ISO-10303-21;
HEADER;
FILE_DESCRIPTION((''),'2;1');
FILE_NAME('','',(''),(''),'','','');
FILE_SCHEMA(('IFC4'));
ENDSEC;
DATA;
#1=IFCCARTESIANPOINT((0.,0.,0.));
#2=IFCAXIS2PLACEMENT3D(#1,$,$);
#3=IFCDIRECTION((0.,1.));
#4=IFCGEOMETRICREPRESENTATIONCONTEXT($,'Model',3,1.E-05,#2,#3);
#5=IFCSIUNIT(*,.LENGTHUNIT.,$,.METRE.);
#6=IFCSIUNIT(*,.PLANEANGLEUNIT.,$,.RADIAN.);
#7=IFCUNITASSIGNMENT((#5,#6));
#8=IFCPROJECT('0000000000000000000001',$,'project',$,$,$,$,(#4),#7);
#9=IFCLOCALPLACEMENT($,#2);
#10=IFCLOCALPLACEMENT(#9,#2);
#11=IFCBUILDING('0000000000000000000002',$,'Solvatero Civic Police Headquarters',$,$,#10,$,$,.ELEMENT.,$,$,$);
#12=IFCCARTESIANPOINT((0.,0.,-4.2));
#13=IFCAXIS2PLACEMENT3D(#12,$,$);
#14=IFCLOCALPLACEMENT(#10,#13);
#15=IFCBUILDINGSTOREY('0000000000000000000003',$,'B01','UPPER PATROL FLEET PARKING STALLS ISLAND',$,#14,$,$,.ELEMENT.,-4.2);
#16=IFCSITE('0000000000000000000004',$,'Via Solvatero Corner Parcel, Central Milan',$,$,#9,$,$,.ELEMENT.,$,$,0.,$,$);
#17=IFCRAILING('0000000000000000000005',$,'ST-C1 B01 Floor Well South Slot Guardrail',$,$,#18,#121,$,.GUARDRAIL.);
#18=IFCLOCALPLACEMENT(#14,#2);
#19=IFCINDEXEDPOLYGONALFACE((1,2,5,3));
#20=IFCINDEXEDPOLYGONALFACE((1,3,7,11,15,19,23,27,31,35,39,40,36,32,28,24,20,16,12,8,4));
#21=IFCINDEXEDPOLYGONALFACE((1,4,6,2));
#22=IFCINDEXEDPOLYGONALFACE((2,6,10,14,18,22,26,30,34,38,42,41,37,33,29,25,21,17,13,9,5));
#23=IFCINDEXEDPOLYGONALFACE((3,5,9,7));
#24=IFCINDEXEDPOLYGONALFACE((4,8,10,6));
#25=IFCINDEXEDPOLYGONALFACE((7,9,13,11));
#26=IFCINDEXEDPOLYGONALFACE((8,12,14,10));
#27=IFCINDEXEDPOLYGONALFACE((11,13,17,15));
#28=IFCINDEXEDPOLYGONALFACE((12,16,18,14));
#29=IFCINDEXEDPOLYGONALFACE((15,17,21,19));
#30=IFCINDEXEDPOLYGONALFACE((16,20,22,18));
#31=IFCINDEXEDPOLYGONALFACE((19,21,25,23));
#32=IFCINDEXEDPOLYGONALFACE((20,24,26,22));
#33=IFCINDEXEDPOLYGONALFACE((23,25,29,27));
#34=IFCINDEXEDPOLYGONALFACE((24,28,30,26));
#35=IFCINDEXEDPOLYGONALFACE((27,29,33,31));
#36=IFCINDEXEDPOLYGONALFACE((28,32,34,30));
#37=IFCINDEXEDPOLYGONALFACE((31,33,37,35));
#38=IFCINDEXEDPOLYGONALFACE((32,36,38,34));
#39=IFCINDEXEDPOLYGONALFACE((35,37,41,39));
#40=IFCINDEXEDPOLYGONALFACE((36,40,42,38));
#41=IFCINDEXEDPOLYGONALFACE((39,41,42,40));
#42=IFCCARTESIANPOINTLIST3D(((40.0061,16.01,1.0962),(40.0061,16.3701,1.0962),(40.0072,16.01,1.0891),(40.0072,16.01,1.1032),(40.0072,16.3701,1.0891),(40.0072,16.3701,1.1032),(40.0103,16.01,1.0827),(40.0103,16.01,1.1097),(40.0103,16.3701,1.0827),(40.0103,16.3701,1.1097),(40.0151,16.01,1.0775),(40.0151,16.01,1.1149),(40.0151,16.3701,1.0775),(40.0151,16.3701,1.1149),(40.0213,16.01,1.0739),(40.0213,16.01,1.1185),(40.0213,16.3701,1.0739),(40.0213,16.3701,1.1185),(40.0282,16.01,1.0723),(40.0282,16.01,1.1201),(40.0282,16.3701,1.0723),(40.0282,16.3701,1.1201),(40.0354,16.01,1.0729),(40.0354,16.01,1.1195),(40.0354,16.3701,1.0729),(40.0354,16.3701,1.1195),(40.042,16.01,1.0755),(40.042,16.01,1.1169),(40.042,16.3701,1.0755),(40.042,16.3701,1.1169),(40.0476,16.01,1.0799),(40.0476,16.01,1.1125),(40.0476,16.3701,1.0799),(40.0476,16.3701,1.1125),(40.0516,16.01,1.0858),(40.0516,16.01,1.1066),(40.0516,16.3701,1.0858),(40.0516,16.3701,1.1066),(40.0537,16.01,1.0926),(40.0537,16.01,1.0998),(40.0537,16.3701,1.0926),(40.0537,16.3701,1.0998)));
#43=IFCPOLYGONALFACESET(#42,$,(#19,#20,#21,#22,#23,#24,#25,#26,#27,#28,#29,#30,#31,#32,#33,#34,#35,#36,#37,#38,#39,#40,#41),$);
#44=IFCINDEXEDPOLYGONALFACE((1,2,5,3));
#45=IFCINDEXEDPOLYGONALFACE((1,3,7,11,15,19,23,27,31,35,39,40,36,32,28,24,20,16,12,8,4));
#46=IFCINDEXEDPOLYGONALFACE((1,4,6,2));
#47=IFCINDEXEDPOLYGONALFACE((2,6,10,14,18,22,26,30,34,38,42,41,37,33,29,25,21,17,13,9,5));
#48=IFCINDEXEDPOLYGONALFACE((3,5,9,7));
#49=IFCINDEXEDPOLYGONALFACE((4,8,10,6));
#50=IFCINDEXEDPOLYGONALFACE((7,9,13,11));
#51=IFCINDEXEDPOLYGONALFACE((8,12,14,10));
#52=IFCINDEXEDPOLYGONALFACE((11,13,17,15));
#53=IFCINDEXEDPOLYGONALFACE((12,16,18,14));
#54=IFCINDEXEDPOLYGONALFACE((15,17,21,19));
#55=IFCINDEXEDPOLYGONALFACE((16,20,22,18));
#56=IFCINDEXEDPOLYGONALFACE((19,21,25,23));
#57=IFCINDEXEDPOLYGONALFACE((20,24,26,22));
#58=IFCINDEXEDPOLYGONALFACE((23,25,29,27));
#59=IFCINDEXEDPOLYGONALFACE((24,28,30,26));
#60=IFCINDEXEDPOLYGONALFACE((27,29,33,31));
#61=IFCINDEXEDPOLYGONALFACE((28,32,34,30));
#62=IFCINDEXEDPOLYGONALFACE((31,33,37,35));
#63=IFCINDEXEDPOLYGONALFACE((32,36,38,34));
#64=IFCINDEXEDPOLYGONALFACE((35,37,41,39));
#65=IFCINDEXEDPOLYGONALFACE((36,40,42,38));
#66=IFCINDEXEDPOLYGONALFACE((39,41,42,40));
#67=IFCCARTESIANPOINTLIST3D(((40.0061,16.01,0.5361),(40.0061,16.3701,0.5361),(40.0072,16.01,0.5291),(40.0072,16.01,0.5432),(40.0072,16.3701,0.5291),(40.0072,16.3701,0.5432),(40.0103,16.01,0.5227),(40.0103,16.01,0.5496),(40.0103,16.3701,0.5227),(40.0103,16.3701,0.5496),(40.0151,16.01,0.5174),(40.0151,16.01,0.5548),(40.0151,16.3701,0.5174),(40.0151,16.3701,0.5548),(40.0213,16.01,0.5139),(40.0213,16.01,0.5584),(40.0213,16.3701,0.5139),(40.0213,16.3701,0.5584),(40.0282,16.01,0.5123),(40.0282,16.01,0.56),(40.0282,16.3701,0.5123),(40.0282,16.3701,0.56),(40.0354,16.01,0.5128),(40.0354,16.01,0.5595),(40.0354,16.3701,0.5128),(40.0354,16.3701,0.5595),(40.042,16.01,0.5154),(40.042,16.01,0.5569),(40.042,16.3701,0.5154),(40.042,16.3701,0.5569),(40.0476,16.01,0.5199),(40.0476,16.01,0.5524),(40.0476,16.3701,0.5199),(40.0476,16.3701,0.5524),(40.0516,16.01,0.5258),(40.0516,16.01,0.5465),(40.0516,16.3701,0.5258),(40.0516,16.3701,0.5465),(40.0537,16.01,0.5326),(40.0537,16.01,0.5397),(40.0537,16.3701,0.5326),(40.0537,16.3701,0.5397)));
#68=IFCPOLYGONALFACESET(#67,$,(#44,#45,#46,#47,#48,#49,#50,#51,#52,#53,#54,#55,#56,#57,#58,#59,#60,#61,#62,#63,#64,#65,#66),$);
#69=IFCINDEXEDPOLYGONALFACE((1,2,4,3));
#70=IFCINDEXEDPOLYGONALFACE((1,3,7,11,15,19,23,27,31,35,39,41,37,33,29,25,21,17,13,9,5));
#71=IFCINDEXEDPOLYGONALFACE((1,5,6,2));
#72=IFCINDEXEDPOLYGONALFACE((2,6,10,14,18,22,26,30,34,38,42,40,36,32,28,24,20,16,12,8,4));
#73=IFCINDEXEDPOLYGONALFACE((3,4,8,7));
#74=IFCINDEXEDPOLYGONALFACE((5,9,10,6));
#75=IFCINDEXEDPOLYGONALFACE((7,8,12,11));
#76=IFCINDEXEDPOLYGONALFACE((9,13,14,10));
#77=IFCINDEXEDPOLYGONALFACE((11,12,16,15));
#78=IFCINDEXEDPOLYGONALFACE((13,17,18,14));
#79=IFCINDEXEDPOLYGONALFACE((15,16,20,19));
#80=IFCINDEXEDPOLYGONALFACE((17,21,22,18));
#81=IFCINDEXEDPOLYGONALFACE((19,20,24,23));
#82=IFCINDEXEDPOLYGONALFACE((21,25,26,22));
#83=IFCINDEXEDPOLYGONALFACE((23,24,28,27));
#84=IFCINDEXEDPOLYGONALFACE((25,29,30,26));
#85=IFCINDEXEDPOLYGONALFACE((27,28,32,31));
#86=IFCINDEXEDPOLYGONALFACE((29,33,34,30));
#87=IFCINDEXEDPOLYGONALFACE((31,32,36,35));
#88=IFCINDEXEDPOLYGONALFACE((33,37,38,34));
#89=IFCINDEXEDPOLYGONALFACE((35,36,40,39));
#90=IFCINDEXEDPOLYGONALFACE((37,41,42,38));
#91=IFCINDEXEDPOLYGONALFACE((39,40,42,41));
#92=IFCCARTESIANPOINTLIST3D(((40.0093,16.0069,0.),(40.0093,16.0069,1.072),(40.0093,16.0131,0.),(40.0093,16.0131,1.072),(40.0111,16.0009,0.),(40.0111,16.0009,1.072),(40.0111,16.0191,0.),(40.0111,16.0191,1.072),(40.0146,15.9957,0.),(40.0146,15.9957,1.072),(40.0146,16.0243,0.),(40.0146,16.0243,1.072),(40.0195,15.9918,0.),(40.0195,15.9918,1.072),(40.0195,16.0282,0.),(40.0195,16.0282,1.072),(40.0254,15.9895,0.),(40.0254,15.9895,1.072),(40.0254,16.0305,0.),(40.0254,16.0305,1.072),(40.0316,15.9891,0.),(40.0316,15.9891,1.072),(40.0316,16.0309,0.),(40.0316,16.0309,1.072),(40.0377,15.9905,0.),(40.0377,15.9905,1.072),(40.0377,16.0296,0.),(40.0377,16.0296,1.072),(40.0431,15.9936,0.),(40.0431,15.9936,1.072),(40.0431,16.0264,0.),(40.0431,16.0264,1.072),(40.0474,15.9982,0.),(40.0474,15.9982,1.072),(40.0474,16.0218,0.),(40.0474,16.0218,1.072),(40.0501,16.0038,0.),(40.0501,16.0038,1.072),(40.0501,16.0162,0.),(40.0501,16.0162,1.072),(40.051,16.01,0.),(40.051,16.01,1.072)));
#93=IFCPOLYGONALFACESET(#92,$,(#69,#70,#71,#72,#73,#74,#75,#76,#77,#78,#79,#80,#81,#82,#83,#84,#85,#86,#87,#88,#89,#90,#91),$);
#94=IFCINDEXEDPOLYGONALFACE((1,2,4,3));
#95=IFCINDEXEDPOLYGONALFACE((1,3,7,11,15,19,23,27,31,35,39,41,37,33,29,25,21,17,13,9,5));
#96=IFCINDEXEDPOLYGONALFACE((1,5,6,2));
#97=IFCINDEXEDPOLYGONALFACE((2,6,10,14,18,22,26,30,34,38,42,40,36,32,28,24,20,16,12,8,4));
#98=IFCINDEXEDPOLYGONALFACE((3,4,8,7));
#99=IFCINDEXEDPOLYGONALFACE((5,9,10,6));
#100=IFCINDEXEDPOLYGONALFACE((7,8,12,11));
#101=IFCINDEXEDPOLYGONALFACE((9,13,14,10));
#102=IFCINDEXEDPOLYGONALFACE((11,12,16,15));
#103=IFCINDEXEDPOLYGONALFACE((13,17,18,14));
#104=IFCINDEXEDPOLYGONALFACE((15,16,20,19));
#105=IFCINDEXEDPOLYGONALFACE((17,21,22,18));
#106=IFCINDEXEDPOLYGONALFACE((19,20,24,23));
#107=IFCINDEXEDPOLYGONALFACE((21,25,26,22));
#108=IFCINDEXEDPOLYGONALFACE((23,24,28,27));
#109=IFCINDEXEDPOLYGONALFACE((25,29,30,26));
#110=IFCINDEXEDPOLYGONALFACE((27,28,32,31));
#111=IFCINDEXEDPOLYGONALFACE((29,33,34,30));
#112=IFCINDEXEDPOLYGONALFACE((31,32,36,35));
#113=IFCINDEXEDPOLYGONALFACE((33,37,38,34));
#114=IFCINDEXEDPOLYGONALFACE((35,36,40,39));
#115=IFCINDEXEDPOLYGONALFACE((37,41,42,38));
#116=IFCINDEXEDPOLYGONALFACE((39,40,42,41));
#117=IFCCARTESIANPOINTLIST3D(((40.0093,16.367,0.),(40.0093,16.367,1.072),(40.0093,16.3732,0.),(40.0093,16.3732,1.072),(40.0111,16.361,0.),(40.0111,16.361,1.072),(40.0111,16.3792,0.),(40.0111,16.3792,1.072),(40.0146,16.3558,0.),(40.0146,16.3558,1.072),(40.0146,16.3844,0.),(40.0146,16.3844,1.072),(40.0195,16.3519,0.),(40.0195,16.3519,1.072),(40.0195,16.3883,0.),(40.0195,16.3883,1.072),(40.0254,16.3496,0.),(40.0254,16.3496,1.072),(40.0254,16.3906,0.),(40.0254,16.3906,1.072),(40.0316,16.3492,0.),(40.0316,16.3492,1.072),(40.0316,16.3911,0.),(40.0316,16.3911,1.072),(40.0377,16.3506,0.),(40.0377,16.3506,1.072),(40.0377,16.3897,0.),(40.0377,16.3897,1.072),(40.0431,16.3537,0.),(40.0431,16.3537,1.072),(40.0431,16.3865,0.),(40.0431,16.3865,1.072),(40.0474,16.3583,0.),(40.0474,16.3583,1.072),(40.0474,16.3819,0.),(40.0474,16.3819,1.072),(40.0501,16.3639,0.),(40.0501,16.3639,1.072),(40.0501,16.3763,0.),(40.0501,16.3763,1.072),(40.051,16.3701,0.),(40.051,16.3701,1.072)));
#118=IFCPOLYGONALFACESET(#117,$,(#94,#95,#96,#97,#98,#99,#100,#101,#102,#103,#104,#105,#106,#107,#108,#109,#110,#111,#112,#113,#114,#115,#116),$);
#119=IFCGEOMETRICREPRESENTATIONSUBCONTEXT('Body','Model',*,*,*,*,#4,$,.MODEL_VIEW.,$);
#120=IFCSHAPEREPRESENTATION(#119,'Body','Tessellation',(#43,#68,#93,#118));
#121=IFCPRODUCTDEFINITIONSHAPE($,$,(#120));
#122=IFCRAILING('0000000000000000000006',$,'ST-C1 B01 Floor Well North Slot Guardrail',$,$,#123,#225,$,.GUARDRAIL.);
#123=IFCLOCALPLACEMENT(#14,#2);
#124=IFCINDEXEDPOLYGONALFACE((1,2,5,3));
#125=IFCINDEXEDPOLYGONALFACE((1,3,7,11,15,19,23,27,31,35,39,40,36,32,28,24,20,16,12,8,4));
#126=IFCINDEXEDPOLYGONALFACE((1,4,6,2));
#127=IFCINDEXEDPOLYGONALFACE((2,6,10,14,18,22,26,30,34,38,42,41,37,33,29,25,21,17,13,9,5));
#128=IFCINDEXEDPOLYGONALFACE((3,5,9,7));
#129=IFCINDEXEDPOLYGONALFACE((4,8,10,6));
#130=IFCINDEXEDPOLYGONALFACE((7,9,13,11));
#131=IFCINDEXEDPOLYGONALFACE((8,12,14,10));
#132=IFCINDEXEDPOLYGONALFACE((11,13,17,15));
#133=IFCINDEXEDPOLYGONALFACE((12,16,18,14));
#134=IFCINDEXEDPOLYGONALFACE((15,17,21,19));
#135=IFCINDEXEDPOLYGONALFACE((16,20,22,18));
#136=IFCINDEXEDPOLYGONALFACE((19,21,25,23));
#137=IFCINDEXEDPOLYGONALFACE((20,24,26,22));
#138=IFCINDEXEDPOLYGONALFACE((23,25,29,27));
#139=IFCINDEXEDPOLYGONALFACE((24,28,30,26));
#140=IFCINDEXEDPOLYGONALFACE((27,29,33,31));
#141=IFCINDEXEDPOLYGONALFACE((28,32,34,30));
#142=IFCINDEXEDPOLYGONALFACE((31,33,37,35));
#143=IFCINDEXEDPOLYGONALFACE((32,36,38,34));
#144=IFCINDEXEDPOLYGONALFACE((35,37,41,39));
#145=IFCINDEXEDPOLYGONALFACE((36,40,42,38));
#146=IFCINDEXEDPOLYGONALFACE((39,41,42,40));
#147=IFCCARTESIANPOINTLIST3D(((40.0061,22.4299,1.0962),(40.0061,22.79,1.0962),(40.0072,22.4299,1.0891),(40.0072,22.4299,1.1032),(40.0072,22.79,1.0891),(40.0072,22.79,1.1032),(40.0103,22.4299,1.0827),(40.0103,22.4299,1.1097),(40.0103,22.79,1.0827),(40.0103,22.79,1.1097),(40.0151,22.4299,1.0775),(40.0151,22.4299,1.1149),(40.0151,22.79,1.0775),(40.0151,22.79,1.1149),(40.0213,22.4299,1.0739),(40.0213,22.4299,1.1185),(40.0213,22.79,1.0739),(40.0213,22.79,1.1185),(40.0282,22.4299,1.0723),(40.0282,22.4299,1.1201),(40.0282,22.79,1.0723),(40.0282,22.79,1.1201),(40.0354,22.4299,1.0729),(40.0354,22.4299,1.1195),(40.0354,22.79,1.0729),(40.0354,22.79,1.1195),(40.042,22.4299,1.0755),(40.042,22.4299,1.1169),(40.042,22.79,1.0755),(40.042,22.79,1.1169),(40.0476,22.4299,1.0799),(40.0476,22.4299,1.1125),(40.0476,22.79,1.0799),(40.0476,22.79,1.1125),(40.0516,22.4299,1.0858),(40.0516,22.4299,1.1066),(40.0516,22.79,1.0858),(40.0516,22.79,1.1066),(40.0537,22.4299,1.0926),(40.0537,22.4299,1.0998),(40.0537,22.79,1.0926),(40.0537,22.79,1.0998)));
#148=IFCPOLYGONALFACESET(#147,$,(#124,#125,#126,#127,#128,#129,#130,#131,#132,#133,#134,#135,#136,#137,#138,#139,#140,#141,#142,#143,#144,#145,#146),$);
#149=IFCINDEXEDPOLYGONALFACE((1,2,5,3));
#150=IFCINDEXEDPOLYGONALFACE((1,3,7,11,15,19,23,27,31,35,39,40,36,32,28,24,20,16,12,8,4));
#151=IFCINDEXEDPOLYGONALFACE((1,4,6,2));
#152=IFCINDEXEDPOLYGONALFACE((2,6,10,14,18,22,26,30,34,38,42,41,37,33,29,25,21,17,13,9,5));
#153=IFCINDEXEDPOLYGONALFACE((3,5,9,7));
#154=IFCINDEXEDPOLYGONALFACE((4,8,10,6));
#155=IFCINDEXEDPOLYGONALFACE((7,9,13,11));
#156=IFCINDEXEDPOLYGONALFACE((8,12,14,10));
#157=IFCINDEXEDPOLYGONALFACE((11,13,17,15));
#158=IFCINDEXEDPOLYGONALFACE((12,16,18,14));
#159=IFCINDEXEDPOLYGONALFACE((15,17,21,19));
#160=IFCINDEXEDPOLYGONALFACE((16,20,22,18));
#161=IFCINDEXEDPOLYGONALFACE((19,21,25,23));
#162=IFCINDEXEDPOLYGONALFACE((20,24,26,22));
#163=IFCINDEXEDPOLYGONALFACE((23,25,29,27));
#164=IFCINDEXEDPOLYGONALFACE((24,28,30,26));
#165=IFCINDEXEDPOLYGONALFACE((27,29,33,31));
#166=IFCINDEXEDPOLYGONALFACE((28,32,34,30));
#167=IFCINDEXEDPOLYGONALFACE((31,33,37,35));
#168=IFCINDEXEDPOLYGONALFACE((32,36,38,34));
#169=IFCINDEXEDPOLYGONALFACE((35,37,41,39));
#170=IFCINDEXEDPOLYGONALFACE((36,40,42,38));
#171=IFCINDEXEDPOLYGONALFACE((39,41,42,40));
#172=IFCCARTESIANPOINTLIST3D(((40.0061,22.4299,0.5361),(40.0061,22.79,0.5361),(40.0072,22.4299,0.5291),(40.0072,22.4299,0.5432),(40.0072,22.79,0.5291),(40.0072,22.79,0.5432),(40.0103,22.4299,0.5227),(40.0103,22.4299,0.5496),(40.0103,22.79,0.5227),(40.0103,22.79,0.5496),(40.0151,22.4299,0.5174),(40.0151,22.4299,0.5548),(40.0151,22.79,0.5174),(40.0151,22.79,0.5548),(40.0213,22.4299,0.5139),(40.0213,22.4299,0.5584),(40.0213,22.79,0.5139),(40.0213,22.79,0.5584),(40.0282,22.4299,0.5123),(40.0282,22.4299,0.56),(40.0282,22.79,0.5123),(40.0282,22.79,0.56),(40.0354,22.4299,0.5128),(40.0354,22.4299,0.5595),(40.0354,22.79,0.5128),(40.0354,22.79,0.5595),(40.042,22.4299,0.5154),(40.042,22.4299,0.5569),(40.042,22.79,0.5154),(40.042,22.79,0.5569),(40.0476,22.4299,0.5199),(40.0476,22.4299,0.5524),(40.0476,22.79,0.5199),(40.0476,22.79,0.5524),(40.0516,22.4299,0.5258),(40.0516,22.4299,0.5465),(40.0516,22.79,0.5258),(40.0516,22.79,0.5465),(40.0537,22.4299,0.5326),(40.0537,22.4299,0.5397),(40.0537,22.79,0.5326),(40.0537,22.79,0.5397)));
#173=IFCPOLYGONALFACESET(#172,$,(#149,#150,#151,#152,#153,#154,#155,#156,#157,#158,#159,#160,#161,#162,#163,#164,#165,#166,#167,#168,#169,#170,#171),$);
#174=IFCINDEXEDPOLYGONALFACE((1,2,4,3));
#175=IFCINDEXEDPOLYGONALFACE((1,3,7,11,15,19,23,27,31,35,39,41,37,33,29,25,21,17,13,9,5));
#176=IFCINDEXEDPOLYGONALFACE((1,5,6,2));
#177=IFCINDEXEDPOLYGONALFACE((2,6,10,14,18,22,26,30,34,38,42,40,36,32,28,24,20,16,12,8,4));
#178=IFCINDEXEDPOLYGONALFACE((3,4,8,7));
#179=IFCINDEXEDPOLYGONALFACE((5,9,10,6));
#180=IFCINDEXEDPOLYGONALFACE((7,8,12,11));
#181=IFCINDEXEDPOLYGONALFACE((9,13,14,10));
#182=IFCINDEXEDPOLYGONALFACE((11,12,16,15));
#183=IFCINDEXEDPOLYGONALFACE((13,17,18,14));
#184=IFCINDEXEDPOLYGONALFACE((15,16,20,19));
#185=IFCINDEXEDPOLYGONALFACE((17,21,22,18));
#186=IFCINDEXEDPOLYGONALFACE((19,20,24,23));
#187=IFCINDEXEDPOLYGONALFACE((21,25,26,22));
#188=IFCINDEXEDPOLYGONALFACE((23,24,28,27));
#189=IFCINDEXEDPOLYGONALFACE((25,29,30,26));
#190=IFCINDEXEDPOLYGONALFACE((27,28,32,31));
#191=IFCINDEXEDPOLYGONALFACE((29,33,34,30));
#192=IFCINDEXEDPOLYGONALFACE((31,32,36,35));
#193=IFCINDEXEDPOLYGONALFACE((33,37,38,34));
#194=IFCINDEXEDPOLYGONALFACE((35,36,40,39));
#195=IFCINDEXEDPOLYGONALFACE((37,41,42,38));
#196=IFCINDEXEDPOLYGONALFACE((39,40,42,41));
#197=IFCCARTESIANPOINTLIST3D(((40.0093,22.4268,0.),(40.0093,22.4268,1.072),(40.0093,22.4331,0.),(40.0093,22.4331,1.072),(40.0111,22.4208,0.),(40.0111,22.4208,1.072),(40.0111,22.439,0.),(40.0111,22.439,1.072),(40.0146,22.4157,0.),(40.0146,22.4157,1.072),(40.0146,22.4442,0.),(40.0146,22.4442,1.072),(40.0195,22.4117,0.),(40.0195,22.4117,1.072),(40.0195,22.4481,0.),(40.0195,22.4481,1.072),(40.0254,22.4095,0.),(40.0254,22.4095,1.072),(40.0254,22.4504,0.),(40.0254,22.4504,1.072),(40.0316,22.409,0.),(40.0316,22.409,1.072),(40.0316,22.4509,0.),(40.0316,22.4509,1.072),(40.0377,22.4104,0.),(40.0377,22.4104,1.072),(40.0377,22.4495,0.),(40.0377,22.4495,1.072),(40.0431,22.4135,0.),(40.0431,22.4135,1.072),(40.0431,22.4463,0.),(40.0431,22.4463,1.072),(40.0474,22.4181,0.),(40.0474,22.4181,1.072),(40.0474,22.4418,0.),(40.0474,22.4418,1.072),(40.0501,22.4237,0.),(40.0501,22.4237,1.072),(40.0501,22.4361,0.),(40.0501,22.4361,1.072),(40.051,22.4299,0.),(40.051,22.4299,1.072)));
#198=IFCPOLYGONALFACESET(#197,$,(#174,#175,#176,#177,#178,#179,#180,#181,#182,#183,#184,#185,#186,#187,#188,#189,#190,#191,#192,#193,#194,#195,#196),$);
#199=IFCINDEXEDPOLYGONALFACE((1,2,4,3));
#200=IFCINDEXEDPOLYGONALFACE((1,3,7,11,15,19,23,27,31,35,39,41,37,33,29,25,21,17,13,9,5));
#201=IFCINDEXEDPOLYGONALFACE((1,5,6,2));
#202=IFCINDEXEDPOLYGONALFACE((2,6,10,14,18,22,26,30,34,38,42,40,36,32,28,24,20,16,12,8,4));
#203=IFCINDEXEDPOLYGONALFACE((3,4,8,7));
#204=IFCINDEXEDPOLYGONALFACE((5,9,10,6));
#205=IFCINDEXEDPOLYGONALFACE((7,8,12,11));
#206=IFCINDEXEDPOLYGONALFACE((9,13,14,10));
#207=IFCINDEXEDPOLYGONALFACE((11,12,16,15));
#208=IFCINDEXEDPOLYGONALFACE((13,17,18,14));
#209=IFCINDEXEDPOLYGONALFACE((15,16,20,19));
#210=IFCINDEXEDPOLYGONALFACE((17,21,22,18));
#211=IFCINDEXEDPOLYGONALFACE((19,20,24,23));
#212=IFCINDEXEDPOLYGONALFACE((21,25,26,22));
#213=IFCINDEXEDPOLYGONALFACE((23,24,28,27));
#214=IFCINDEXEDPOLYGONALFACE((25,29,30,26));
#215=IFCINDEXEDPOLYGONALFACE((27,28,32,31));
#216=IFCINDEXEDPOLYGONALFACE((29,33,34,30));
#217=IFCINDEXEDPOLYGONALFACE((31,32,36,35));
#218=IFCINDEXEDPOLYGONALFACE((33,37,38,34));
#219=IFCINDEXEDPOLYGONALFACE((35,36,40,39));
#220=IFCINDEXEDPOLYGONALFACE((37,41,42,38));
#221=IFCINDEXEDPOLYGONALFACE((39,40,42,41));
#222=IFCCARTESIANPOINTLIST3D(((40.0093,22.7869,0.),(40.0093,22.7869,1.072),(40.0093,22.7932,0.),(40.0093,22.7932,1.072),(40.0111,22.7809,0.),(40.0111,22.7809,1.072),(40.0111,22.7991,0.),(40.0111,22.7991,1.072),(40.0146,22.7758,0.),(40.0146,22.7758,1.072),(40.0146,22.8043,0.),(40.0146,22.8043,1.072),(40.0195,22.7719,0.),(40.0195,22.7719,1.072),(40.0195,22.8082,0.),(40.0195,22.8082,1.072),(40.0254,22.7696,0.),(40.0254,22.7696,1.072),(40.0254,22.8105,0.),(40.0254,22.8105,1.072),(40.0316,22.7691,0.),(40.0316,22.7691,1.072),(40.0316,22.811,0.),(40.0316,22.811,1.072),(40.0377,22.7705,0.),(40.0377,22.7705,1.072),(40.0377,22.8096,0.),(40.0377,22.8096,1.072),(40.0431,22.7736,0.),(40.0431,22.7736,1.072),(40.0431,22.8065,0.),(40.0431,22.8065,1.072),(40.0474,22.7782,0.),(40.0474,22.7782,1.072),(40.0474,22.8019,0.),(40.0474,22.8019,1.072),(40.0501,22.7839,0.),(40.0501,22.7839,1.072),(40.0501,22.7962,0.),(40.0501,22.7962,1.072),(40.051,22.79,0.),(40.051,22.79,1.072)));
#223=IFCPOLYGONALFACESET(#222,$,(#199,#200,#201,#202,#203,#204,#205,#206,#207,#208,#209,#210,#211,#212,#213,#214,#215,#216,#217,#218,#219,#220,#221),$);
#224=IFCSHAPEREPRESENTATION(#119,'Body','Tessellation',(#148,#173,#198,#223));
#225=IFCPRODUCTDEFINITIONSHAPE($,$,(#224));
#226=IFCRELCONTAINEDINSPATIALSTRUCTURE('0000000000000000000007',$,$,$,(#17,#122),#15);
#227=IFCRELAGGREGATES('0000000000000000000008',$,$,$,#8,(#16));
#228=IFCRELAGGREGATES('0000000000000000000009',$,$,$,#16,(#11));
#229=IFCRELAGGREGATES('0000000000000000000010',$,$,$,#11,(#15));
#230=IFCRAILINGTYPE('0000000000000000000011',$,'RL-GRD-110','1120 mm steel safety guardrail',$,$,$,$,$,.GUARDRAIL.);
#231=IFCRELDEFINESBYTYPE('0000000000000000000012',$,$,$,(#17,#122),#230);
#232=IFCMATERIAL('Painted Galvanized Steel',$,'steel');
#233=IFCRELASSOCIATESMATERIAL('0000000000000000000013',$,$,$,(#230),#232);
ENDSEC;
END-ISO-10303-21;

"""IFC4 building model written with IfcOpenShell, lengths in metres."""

from ifc_helpers import new_model, si_unit, direction, frame, origin, origin_2d, place, context, subcontext, project, spatial, circle, extrude, material, type_object, element, save


model = new_model("IFC4")

# Units and contexts
model_context = context("Model", 3, precision=1e-05, world=origin(), true_north=direction((0.0, 1.0)))
body_context = subcontext(model_context, "Body", "Model", "MODEL_VIEW")
ifc_project = project(units=[si_unit("LENGTHUNIT", "METRE"), si_unit("PLANEANGLEUNIT", "RADIAN")], contexts=[model_context])

# Site, building, storey
site_placement = place(None, origin())
site = spatial("IfcSite", under=ifc_project, at=site_placement, Name="Via Solvatero Corner Parcel, Central Milan", CompositionType="ELEMENT", RefElevation=0.0)
building_placement = place(site_placement, origin())
building = spatial("IfcBuilding", under=site, at=building_placement, Name="Solvatero Civic Police Headquarters", CompositionType="ELEMENT")
storey_placement = place(building_placement, frame((0.0, 0.0, -4.2)))
storey = spatial("IfcBuildingStorey", under=building, at=storey_placement, Name="B01", Description="UPPER PATROL FLEET PARKING STALLS ISLAND", CompositionType="ELEMENT", Elevation=-4.2)

# Railings
ifc_material_1 = material(Name="Painted Galvanized Steel", Category="steel")
railing_type_1 = type_object("IfcRailingType", Name="RL-GRD-110", Description="1120 mm steel safety guardrail", PredefinedType="GUARDRAIL", material=ifc_material_1)
for number, where, name in (
    (1, (40.03, 16.01, 0.0), "ST-C1 B01 Floor Well South Slot Guardrail"),
    (2, (40.03, 22.4299, 0.0), "ST-C1 B01 Floor Well North Slot Guardrail"),
):
    element("IfcRailing", number, at=place(storey_placement, frame(where)), inside=storey, type_object=railing_type_1, Name=name, PredefinedType="GUARDRAIL", context=body_context, shape_type="SweptSolid", body=[
        extrude(circle(Radius=0.0239, at=origin_2d()), frame((0.0, 0.0, 1.0962), z_axis=(0.0, 1.0, 0.0), x_axis=(-1.0, 0.0, 0.0)), (0.0, 0.0, 1.0), 0.3601),
        extrude(circle(Radius=0.0239, at=origin_2d()), frame((0.0, 0.0, 0.5361), z_axis=(0.0, 1.0, 0.0), x_axis=(-1.0, 0.0, 0.0)), (0.0, 0.0, 1.0), 0.3601),
        extrude(circle(Radius=0.021, at=origin_2d()), origin(), (0.0, 0.0, 1.0), 1.072),
        extrude(circle(Radius=0.021, at=origin_2d()), frame((0.0, 0.3601, 0.0)), (0.0, 0.0, 1.0), 1.072),
    ])

save(model, "model.ifc")
